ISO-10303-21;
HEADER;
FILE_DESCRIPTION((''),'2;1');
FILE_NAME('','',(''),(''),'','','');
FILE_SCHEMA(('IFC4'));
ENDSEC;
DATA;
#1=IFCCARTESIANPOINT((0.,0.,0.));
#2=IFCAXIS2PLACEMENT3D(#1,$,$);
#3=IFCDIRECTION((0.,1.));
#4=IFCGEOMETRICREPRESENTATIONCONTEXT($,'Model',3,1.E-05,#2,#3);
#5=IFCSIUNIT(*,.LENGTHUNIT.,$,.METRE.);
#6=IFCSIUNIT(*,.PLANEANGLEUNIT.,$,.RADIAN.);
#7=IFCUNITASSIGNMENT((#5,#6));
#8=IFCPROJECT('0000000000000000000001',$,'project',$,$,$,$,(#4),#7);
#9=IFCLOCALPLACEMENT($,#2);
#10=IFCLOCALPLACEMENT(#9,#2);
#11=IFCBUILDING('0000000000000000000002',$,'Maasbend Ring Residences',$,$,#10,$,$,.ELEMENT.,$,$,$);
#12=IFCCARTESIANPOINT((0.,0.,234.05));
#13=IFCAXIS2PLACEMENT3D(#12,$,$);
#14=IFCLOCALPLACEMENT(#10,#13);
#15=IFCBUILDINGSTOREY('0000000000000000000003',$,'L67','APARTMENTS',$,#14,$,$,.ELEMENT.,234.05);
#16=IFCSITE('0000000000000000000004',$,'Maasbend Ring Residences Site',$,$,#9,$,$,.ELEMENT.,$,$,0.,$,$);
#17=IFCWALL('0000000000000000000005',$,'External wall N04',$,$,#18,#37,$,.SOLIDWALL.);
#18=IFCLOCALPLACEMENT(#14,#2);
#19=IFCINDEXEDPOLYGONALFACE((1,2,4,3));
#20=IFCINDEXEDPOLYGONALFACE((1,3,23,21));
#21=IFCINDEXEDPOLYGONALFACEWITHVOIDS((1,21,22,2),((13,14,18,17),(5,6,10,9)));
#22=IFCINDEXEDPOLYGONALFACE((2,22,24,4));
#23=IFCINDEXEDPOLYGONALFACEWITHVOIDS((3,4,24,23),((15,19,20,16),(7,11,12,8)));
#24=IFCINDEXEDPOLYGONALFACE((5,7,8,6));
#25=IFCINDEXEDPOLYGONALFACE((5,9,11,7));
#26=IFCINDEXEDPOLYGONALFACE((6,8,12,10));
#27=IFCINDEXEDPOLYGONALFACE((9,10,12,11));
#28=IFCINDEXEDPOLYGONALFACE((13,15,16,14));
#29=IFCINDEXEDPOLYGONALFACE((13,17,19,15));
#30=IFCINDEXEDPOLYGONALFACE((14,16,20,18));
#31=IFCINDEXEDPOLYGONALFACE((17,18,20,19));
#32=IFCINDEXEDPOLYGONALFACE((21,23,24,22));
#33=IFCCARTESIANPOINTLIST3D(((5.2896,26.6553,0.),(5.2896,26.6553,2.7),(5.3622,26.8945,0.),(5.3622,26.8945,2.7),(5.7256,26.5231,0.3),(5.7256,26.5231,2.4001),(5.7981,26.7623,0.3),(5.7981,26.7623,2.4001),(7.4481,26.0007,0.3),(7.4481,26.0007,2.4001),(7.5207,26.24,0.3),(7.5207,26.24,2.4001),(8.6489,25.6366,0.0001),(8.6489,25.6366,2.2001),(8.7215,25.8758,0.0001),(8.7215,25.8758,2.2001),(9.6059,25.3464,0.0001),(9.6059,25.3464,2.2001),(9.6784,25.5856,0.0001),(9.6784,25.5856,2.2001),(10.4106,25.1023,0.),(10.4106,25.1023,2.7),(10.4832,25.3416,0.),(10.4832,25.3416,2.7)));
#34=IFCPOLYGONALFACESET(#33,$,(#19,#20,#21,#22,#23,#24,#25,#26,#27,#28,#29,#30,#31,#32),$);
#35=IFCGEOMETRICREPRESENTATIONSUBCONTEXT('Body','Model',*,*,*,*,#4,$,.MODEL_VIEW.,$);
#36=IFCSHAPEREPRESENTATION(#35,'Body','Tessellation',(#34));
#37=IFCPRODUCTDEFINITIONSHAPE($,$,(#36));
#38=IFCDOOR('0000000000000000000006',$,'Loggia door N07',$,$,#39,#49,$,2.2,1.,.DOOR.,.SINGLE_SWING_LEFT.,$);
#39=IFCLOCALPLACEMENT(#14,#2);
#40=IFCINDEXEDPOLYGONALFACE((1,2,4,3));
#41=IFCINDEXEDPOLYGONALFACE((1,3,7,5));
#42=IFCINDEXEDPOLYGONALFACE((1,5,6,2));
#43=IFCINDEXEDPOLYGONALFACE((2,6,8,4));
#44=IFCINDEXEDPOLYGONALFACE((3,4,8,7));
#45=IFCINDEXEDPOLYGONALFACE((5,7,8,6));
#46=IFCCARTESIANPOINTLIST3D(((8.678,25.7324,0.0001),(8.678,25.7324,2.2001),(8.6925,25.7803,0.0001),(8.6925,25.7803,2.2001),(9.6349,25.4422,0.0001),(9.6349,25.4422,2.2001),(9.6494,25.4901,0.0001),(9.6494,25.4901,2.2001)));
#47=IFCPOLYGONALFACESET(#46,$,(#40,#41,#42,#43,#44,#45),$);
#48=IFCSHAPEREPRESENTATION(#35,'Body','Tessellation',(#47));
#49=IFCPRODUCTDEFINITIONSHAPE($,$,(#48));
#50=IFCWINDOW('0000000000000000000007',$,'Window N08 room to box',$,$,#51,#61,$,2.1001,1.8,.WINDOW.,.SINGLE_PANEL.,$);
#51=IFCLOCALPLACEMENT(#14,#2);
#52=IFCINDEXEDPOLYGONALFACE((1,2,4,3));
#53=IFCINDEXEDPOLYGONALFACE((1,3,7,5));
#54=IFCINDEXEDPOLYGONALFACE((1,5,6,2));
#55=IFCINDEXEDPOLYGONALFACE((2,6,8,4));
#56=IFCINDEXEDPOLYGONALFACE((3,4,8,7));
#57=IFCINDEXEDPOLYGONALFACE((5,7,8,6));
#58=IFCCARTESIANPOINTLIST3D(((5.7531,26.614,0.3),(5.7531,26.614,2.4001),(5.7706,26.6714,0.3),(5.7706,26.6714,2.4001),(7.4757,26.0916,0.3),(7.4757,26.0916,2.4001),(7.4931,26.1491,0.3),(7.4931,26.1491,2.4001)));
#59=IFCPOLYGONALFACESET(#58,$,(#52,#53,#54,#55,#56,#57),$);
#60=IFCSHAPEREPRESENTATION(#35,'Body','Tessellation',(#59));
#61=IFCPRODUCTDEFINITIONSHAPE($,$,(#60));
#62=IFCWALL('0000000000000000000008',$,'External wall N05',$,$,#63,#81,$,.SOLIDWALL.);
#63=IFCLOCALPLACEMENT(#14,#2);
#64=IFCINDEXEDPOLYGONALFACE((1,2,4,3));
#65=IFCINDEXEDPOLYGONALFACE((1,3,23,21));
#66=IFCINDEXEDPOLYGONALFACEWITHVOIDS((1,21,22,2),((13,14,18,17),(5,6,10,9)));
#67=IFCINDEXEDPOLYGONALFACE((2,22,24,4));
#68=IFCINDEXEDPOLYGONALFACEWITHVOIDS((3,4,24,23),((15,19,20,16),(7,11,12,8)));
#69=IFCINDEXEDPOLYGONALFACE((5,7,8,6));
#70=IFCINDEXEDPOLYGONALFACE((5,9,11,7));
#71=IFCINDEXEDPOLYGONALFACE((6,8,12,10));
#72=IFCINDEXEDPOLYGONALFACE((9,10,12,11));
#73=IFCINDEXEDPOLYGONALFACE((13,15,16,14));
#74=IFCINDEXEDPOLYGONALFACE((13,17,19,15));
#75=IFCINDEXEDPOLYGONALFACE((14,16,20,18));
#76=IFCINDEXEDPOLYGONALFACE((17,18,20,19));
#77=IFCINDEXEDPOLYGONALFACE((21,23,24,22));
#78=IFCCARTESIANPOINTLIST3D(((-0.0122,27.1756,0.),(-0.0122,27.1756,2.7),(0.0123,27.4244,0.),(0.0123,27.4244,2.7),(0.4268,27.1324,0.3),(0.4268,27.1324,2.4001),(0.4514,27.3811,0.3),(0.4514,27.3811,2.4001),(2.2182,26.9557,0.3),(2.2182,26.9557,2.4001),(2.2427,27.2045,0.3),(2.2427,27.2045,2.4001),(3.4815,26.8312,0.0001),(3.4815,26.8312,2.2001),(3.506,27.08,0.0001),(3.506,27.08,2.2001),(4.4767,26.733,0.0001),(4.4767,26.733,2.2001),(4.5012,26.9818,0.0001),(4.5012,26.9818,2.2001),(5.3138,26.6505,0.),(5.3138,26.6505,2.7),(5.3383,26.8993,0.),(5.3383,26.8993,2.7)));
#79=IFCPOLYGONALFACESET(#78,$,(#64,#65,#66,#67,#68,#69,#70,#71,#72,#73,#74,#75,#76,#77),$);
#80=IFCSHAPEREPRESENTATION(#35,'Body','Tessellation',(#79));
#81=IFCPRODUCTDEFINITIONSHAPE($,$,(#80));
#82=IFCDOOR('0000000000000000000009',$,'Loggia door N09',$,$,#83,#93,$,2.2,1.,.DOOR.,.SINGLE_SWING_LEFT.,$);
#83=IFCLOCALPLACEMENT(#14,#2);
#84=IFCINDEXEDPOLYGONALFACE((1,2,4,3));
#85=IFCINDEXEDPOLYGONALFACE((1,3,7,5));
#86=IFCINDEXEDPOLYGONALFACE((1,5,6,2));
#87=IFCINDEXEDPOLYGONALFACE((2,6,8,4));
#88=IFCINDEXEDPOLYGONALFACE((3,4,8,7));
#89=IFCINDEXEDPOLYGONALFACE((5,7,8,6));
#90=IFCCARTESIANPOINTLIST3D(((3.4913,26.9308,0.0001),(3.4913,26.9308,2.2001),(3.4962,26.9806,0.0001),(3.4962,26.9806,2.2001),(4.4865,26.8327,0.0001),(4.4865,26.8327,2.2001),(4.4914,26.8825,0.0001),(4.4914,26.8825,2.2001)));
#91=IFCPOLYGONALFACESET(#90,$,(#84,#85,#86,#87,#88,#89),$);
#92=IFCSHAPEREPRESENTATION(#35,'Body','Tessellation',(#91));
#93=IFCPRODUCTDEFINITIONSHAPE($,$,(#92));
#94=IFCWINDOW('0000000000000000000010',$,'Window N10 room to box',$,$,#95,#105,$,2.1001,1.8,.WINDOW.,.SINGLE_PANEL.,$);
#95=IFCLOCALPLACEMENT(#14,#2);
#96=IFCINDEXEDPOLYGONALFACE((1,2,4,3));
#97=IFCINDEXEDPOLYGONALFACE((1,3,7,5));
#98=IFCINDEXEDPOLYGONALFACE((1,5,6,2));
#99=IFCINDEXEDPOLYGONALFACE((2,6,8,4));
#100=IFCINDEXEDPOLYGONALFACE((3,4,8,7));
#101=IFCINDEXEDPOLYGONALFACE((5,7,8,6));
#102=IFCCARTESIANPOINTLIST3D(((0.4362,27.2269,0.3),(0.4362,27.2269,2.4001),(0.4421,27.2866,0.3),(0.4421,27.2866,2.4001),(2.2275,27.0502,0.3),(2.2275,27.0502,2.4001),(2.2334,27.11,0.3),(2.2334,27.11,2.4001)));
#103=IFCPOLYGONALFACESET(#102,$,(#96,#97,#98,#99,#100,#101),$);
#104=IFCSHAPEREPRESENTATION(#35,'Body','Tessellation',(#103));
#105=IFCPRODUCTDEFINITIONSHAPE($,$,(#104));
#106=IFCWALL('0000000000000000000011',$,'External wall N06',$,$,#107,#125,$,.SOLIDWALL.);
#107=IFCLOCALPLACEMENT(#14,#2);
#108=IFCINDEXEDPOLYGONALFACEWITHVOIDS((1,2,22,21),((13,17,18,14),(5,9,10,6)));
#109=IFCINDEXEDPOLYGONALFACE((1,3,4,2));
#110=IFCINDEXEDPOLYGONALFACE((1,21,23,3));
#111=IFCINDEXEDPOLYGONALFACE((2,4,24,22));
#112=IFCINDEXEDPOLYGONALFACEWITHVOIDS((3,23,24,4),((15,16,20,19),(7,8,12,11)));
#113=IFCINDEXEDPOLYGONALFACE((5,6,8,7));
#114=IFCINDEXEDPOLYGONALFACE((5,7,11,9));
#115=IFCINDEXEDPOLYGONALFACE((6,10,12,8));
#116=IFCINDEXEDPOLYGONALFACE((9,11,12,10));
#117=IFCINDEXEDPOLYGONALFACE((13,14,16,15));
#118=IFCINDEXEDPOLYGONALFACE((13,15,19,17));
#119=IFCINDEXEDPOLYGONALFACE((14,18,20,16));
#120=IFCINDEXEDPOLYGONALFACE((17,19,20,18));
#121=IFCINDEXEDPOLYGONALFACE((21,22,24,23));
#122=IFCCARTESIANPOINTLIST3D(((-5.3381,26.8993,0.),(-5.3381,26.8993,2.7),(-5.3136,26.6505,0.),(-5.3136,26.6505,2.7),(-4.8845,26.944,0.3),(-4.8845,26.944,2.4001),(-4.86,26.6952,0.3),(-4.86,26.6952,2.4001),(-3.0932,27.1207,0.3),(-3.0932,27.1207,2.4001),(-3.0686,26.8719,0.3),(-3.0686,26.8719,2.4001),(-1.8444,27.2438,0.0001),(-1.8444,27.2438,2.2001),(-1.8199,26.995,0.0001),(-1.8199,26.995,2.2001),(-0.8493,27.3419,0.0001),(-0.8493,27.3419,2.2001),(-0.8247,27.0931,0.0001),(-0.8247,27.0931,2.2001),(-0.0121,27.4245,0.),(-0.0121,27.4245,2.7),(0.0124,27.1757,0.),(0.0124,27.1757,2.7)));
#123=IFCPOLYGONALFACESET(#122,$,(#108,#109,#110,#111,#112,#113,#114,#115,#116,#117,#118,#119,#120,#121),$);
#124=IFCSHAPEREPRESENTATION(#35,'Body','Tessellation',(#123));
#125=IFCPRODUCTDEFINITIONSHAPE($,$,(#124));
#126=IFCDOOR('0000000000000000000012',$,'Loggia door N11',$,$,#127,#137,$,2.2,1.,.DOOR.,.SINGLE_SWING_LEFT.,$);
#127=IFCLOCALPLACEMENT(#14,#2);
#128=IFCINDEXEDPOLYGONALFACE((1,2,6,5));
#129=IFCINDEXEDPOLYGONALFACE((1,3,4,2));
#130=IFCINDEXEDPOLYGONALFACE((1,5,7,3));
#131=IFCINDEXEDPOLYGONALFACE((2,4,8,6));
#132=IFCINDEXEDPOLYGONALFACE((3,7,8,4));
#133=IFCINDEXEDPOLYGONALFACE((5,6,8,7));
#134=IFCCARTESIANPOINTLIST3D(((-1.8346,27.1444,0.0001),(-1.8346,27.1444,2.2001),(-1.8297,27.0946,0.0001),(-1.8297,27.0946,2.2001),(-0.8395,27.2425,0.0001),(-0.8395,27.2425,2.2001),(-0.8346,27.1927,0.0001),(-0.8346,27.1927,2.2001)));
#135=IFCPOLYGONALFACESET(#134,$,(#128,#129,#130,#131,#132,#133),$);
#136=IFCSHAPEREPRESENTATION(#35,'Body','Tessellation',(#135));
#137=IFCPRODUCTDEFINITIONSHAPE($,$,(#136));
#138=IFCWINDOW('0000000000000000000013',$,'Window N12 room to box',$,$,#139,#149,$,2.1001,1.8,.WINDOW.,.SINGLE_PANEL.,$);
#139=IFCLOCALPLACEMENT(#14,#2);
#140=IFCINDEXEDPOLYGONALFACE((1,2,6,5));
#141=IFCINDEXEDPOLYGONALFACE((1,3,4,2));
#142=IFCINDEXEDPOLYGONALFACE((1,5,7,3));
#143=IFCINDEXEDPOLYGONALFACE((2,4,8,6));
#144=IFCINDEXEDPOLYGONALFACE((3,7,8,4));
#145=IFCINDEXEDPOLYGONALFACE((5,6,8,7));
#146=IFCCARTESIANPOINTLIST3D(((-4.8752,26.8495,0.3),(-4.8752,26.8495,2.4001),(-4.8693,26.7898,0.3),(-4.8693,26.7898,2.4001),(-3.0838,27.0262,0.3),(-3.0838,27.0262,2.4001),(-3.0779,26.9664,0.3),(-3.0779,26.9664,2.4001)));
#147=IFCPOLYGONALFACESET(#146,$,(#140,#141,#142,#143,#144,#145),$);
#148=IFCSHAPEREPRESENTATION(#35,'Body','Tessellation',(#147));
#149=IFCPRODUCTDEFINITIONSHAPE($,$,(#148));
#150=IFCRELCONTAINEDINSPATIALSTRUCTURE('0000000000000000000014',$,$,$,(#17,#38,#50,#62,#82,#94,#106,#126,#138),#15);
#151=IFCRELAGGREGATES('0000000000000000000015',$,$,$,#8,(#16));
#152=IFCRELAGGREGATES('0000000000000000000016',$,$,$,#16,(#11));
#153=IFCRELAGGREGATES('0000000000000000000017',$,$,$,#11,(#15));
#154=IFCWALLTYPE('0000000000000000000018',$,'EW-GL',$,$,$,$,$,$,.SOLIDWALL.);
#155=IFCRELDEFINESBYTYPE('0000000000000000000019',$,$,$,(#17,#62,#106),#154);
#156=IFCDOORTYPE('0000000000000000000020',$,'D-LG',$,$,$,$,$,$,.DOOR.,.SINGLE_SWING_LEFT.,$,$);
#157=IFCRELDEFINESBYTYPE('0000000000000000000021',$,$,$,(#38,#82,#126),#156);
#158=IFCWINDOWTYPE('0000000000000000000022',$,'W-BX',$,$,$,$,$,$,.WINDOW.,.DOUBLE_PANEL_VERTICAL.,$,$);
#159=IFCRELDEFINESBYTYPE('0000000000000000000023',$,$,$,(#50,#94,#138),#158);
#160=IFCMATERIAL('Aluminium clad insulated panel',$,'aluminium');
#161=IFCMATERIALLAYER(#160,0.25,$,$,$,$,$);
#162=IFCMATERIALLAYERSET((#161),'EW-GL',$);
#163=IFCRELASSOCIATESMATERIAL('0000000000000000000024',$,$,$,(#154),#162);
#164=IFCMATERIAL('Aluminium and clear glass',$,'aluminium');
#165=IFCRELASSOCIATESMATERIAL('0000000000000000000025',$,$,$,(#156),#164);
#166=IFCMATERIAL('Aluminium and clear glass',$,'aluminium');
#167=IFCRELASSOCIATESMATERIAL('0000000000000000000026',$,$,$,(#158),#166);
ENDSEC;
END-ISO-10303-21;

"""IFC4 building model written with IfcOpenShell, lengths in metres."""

from ifc_helpers import new_model, si_unit, direction, frame, frame_2d, origin, place, context, subcontext, project, spatial, rectangle, extrude, material, layer, layer_set, type_object, element, fill, save


model = new_model("IFC4")

# Units and contexts
model_context = context("Model", 3, precision=1e-05, world=origin(), true_north=direction((0.0, 1.0)))
body_context = subcontext(model_context, "Body", "Model", "MODEL_VIEW")
ifc_project = project(units=[si_unit("LENGTHUNIT", "METRE"), si_unit("PLANEANGLEUNIT", "RADIAN")], contexts=[model_context])

# Site, building, storey
site_placement = place(None, origin())
site = spatial("IfcSite", under=ifc_project, at=site_placement, Name="Maasbend Ring Residences Site", CompositionType="ELEMENT", RefElevation=0.0)
building_placement = place(site_placement, origin())
building = spatial("IfcBuilding", under=site, at=building_placement, Name="Maasbend Ring Residences", CompositionType="ELEMENT")
storey_placement = place(building_placement, frame((0.0, 0.0, 234.05)))
storey = spatial("IfcBuildingStorey", under=building, at=storey_placement, Name="L67", Description="APARTMENTS", CompositionType="ELEMENT", Elevation=234.05)

# Walls, openings, doors, windows
ifc_material_1 = material(Name="Aluminium clad insulated panel", Category="aluminium")
ifc_layer_1 = layer(ifc_material_1, 0.25)
ifc_layer_set_1 = layer_set([ifc_layer_1], Name="EW-GL")
wall_type_1 = type_object("IfcWallType", Name="EW-GL", PredefinedType="SOLIDWALL", material=ifc_layer_set_1)
wall_1_placement = place(storey_placement, frame((10.447, 25.2219, 0.0), z_axis=(0.0, 0.0, 1.0), x_axis=(-0.956966, 0.290201, 0.0)))
wall_1 = element("IfcWall", 1, at=wall_1_placement, inside=storey, type_object=wall_type_1, Name="External wall N04", PredefinedType="SOLIDWALL", context=body_context, shape_type="SweptSolid", body=[
    extrude(rectangle(XDim=5.3513, YDim=0.25, at=frame_2d((2.6758, 0.0))), origin(), (0.0, 0.0, 1.0), 2.7),
])
opening_1_placement = place(wall_1_placement, frame((0.8411, 0.0, 0.0)))
opening_1 = element("IfcOpeningElement", 2, at=opening_1_placement, cuts=wall_1, PredefinedType="OPENING", context=body_context, shape_type="SweptSolid", body=[
    extrude(rectangle(XDim=1.0, YDim=2.2, at=frame_2d((0.5, 1.1001))), frame((0.0, 0.135, 0.0), z_axis=(0.0, -1.0, 0.0), x_axis=(1.0, 0.0, 0.0)), (0.0, 0.0, 1.0), 0.27),
])
opening_2_placement = place(wall_1_placement, frame((3.0959, 0.0, 0.3)))
opening_2 = element("IfcOpeningElement", 3, at=opening_2_placement, cuts=wall_1, PredefinedType="OPENING", context=body_context, shape_type="SweptSolid", body=[
    extrude(rectangle(XDim=1.8, YDim=2.1001, at=frame_2d((0.8999, 1.05))), frame((0.0, 0.135, 0.0), z_axis=(0.0, -1.0, 0.0), x_axis=(1.0, 0.0, 0.0)), (0.0, 0.0, 1.0), 0.27),
])
ifc_material_2 = material(Name="Aluminium and clear glass", Category="aluminium")
door_type_1 = type_object("IfcDoorType", Name="D-LG", OperationType="SINGLE_SWING_LEFT", PredefinedType="DOOR", material=ifc_material_2)
door_1_placement = place(opening_1_placement, origin())
door_1 = element("IfcDoor", 4, at=door_1_placement, inside=storey, type_object=door_type_1, Name="Loggia door N07", OperationType="SINGLE_SWING_LEFT", OverallHeight=2.2, OverallWidth=1.0, PredefinedType="DOOR", context=body_context, shape_type="SweptSolid", body=[
    extrude(rectangle(XDim=1.0, YDim=2.2, at=frame_2d((0.5, 1.1001))), frame((0.0, 0.0249, 0.0), z_axis=(0.0, -1.0, 0.0), x_axis=(1.0, 0.0, 0.0)), (0.0, 0.0, 1.0), 0.05),
])
fill(opening_1, door_1)
ifc_material_3 = material(Name="Aluminium and clear glass", Category="aluminium")
window_type_1 = type_object("IfcWindowType", Name="W-BX", PartitioningType="DOUBLE_PANEL_VERTICAL", PredefinedType="WINDOW", material=ifc_material_3)
window_1_placement = place(opening_2_placement, origin())
window_1 = element("IfcWindow", 5, at=window_1_placement, inside=storey, type_object=window_type_1, Name="Window N08 room to box", OverallHeight=2.1001, OverallWidth=1.8, PartitioningType="SINGLE_PANEL", PredefinedType="WINDOW", context=body_context, shape_type="SweptSolid", body=[
    extrude(rectangle(XDim=1.8, YDim=2.1001, at=frame_2d((0.8999, 1.05))), frame((0.0, 0.03, 0.0), z_axis=(0.0, -1.0, 0.0), x_axis=(1.0, 0.0, 0.0)), (0.0, 0.0, 1.0), 0.0601),
])
fill(opening_2, window_1)
wall_2_placement = place(storey_placement, frame((5.3259, 26.7749, 0.0), z_axis=(0.0, 0.0, 1.0), x_axis=(-0.995174, 0.098126, 0.0)))
wall_2 = element("IfcWall", 6, at=wall_2_placement, inside=storey, type_object=wall_type_1, Name="External wall N05", PredefinedType="SOLIDWALL", context=body_context, shape_type="SweptSolid", body=[
    extrude(rectangle(XDim=5.3518, YDim=0.25, at=frame_2d((2.6758, 0.0))), origin(), (0.0, 0.0, 1.0), 2.7),
])
opening_3_placement = place(wall_2_placement, frame((0.8411, 0.0, 0.0)))
opening_3 = element("IfcOpeningElement", 7, at=opening_3_placement, cuts=wall_2, PredefinedType="OPENING", context=body_context, shape_type="SweptSolid", body=[
    extrude(rectangle(XDim=1.0, YDim=2.2, at=frame_2d((0.5, 1.1001))), frame((0.0, 0.135, 0.0), z_axis=(0.0, -1.0, 0.0), x_axis=(1.0, 0.0, 0.0)), (0.0, 0.0, 1.0), 0.27),
])
opening_4_placement = place(wall_2_placement, frame((3.1106, 0.0, 0.3)))
opening_4 = element("IfcOpeningElement", 8, at=opening_4_placement, cuts=wall_2, PredefinedType="OPENING", context=body_context, shape_type="SweptSolid", body=[
    extrude(rectangle(XDim=1.8, YDim=2.1001, at=frame_2d((0.8999, 1.05))), frame((0.0, 0.135, 0.0), z_axis=(0.0, -1.0, 0.0), x_axis=(1.0, 0.0, 0.0)), (0.0, 0.0, 1.0), 0.27),
])
door_2_placement = place(opening_3_placement, origin())
door_2 = element("IfcDoor", 9, at=door_2_placement, inside=storey, type_object=door_type_1, Name="Loggia door N09", OperationType="SINGLE_SWING_LEFT", OverallHeight=2.2, OverallWidth=1.0, PredefinedType="DOOR", context=body_context, shape_type="SweptSolid", body=[
    extrude(rectangle(XDim=1.0, YDim=2.2, at=frame_2d((0.5, 1.1001))), frame((0.0, 0.0249, 0.0), z_axis=(0.0, -1.0, 0.0), x_axis=(1.0, 0.0, 0.0)), (0.0, 0.0, 1.0), 0.05),
])
fill(opening_3, door_2)
window_2_placement = place(opening_4_placement, origin())
window_2 = element("IfcWindow", 10, at=window_2_placement, inside=storey, type_object=window_type_1, Name="Window N10 room to box", OverallHeight=2.1001, OverallWidth=1.8, PartitioningType="SINGLE_PANEL", PredefinedType="WINDOW", context=body_context, shape_type="SweptSolid", body=[
    extrude(rectangle(XDim=1.8, YDim=2.1001, at=frame_2d((0.8999, 1.05))), frame((0.0, 0.03, 0.0), z_axis=(0.0, -1.0, 0.0), x_axis=(1.0, 0.0, 0.0)), (0.0, 0.0, 1.0), 0.0601),
])
fill(opening_4, window_2)
wall_3_placement = place(storey_placement, frame((0.0, 27.3, 0.0), z_axis=(0.0, 0.0, 1.0), x_axis=(-0.995174, -0.098126, 0.0)))
wall_3 = element("IfcWall", 11, at=wall_3_placement, inside=storey, type_object=wall_type_1, Name="External wall N06", PredefinedType="SOLIDWALL", context=body_context, shape_type="SweptSolid", body=[
    extrude(rectangle(XDim=5.3518, YDim=0.25, at=frame_2d((2.6758, 0.0))), origin(), (0.0, 0.0, 1.0), 2.7),
])
opening_5_placement = place(wall_3_placement, frame((0.8411, 0.0, 0.0)))
opening_5 = element("IfcOpeningElement", 12, at=opening_5_placement, cuts=wall_3, PredefinedType="OPENING", context=body_context, shape_type="SweptSolid", body=[
    extrude(rectangle(XDim=1.0, YDim=2.2, at=frame_2d((0.5, 1.1001))), frame((0.0, 0.135, 0.0), z_axis=(0.0, -1.0, 0.0), x_axis=(1.0, 0.0, 0.0)), (0.0, 0.0, 1.0), 0.27),
])
opening_6_placement = place(wall_3_placement, frame((3.0959, 0.0, 0.3)))
opening_6 = element("IfcOpeningElement", 13, at=opening_6_placement, cuts=wall_3, PredefinedType="OPENING", context=body_context, shape_type="SweptSolid", body=[
    extrude(rectangle(XDim=1.8, YDim=2.1001, at=frame_2d((0.8999, 1.05))), frame((0.0, 0.135, 0.0), z_axis=(0.0, -1.0, 0.0), x_axis=(1.0, 0.0, 0.0)), (0.0, 0.0, 1.0), 0.27),
])
door_3_placement = place(opening_5_placement, origin())
door_3 = element("IfcDoor", 14, at=door_3_placement, inside=storey, type_object=door_type_1, Name="Loggia door N11", OperationType="SINGLE_SWING_LEFT", OverallHeight=2.2, OverallWidth=1.0, PredefinedType="DOOR", context=body_context, shape_type="SweptSolid", body=[
    extrude(rectangle(XDim=1.0, YDim=2.2, at=frame_2d((0.5, 1.1001))), frame((0.0, 0.0249, 0.0), z_axis=(0.0, -1.0, 0.0), x_axis=(1.0, 0.0, 0.0)), (0.0, 0.0, 1.0), 0.05),
])
fill(opening_5, door_3)
window_3_placement = place(opening_6_placement, origin())
window_3 = element("IfcWindow", 15, at=window_3_placement, inside=storey, type_object=window_type_1, Name="Window N12 room to box", OverallHeight=2.1001, OverallWidth=1.8, PartitioningType="SINGLE_PANEL", PredefinedType="WINDOW", context=body_context, shape_type="SweptSolid", body=[
    extrude(rectangle(XDim=1.8, YDim=2.1001, at=frame_2d((0.8999, 1.05))), frame((0.0, 0.03, 0.0), z_axis=(0.0, -1.0, 0.0), x_axis=(1.0, 0.0, 0.0)), (0.0, 0.0, 1.0), 0.0601),
])
fill(opening_6, window_3)

save(model, "model.ifc")
